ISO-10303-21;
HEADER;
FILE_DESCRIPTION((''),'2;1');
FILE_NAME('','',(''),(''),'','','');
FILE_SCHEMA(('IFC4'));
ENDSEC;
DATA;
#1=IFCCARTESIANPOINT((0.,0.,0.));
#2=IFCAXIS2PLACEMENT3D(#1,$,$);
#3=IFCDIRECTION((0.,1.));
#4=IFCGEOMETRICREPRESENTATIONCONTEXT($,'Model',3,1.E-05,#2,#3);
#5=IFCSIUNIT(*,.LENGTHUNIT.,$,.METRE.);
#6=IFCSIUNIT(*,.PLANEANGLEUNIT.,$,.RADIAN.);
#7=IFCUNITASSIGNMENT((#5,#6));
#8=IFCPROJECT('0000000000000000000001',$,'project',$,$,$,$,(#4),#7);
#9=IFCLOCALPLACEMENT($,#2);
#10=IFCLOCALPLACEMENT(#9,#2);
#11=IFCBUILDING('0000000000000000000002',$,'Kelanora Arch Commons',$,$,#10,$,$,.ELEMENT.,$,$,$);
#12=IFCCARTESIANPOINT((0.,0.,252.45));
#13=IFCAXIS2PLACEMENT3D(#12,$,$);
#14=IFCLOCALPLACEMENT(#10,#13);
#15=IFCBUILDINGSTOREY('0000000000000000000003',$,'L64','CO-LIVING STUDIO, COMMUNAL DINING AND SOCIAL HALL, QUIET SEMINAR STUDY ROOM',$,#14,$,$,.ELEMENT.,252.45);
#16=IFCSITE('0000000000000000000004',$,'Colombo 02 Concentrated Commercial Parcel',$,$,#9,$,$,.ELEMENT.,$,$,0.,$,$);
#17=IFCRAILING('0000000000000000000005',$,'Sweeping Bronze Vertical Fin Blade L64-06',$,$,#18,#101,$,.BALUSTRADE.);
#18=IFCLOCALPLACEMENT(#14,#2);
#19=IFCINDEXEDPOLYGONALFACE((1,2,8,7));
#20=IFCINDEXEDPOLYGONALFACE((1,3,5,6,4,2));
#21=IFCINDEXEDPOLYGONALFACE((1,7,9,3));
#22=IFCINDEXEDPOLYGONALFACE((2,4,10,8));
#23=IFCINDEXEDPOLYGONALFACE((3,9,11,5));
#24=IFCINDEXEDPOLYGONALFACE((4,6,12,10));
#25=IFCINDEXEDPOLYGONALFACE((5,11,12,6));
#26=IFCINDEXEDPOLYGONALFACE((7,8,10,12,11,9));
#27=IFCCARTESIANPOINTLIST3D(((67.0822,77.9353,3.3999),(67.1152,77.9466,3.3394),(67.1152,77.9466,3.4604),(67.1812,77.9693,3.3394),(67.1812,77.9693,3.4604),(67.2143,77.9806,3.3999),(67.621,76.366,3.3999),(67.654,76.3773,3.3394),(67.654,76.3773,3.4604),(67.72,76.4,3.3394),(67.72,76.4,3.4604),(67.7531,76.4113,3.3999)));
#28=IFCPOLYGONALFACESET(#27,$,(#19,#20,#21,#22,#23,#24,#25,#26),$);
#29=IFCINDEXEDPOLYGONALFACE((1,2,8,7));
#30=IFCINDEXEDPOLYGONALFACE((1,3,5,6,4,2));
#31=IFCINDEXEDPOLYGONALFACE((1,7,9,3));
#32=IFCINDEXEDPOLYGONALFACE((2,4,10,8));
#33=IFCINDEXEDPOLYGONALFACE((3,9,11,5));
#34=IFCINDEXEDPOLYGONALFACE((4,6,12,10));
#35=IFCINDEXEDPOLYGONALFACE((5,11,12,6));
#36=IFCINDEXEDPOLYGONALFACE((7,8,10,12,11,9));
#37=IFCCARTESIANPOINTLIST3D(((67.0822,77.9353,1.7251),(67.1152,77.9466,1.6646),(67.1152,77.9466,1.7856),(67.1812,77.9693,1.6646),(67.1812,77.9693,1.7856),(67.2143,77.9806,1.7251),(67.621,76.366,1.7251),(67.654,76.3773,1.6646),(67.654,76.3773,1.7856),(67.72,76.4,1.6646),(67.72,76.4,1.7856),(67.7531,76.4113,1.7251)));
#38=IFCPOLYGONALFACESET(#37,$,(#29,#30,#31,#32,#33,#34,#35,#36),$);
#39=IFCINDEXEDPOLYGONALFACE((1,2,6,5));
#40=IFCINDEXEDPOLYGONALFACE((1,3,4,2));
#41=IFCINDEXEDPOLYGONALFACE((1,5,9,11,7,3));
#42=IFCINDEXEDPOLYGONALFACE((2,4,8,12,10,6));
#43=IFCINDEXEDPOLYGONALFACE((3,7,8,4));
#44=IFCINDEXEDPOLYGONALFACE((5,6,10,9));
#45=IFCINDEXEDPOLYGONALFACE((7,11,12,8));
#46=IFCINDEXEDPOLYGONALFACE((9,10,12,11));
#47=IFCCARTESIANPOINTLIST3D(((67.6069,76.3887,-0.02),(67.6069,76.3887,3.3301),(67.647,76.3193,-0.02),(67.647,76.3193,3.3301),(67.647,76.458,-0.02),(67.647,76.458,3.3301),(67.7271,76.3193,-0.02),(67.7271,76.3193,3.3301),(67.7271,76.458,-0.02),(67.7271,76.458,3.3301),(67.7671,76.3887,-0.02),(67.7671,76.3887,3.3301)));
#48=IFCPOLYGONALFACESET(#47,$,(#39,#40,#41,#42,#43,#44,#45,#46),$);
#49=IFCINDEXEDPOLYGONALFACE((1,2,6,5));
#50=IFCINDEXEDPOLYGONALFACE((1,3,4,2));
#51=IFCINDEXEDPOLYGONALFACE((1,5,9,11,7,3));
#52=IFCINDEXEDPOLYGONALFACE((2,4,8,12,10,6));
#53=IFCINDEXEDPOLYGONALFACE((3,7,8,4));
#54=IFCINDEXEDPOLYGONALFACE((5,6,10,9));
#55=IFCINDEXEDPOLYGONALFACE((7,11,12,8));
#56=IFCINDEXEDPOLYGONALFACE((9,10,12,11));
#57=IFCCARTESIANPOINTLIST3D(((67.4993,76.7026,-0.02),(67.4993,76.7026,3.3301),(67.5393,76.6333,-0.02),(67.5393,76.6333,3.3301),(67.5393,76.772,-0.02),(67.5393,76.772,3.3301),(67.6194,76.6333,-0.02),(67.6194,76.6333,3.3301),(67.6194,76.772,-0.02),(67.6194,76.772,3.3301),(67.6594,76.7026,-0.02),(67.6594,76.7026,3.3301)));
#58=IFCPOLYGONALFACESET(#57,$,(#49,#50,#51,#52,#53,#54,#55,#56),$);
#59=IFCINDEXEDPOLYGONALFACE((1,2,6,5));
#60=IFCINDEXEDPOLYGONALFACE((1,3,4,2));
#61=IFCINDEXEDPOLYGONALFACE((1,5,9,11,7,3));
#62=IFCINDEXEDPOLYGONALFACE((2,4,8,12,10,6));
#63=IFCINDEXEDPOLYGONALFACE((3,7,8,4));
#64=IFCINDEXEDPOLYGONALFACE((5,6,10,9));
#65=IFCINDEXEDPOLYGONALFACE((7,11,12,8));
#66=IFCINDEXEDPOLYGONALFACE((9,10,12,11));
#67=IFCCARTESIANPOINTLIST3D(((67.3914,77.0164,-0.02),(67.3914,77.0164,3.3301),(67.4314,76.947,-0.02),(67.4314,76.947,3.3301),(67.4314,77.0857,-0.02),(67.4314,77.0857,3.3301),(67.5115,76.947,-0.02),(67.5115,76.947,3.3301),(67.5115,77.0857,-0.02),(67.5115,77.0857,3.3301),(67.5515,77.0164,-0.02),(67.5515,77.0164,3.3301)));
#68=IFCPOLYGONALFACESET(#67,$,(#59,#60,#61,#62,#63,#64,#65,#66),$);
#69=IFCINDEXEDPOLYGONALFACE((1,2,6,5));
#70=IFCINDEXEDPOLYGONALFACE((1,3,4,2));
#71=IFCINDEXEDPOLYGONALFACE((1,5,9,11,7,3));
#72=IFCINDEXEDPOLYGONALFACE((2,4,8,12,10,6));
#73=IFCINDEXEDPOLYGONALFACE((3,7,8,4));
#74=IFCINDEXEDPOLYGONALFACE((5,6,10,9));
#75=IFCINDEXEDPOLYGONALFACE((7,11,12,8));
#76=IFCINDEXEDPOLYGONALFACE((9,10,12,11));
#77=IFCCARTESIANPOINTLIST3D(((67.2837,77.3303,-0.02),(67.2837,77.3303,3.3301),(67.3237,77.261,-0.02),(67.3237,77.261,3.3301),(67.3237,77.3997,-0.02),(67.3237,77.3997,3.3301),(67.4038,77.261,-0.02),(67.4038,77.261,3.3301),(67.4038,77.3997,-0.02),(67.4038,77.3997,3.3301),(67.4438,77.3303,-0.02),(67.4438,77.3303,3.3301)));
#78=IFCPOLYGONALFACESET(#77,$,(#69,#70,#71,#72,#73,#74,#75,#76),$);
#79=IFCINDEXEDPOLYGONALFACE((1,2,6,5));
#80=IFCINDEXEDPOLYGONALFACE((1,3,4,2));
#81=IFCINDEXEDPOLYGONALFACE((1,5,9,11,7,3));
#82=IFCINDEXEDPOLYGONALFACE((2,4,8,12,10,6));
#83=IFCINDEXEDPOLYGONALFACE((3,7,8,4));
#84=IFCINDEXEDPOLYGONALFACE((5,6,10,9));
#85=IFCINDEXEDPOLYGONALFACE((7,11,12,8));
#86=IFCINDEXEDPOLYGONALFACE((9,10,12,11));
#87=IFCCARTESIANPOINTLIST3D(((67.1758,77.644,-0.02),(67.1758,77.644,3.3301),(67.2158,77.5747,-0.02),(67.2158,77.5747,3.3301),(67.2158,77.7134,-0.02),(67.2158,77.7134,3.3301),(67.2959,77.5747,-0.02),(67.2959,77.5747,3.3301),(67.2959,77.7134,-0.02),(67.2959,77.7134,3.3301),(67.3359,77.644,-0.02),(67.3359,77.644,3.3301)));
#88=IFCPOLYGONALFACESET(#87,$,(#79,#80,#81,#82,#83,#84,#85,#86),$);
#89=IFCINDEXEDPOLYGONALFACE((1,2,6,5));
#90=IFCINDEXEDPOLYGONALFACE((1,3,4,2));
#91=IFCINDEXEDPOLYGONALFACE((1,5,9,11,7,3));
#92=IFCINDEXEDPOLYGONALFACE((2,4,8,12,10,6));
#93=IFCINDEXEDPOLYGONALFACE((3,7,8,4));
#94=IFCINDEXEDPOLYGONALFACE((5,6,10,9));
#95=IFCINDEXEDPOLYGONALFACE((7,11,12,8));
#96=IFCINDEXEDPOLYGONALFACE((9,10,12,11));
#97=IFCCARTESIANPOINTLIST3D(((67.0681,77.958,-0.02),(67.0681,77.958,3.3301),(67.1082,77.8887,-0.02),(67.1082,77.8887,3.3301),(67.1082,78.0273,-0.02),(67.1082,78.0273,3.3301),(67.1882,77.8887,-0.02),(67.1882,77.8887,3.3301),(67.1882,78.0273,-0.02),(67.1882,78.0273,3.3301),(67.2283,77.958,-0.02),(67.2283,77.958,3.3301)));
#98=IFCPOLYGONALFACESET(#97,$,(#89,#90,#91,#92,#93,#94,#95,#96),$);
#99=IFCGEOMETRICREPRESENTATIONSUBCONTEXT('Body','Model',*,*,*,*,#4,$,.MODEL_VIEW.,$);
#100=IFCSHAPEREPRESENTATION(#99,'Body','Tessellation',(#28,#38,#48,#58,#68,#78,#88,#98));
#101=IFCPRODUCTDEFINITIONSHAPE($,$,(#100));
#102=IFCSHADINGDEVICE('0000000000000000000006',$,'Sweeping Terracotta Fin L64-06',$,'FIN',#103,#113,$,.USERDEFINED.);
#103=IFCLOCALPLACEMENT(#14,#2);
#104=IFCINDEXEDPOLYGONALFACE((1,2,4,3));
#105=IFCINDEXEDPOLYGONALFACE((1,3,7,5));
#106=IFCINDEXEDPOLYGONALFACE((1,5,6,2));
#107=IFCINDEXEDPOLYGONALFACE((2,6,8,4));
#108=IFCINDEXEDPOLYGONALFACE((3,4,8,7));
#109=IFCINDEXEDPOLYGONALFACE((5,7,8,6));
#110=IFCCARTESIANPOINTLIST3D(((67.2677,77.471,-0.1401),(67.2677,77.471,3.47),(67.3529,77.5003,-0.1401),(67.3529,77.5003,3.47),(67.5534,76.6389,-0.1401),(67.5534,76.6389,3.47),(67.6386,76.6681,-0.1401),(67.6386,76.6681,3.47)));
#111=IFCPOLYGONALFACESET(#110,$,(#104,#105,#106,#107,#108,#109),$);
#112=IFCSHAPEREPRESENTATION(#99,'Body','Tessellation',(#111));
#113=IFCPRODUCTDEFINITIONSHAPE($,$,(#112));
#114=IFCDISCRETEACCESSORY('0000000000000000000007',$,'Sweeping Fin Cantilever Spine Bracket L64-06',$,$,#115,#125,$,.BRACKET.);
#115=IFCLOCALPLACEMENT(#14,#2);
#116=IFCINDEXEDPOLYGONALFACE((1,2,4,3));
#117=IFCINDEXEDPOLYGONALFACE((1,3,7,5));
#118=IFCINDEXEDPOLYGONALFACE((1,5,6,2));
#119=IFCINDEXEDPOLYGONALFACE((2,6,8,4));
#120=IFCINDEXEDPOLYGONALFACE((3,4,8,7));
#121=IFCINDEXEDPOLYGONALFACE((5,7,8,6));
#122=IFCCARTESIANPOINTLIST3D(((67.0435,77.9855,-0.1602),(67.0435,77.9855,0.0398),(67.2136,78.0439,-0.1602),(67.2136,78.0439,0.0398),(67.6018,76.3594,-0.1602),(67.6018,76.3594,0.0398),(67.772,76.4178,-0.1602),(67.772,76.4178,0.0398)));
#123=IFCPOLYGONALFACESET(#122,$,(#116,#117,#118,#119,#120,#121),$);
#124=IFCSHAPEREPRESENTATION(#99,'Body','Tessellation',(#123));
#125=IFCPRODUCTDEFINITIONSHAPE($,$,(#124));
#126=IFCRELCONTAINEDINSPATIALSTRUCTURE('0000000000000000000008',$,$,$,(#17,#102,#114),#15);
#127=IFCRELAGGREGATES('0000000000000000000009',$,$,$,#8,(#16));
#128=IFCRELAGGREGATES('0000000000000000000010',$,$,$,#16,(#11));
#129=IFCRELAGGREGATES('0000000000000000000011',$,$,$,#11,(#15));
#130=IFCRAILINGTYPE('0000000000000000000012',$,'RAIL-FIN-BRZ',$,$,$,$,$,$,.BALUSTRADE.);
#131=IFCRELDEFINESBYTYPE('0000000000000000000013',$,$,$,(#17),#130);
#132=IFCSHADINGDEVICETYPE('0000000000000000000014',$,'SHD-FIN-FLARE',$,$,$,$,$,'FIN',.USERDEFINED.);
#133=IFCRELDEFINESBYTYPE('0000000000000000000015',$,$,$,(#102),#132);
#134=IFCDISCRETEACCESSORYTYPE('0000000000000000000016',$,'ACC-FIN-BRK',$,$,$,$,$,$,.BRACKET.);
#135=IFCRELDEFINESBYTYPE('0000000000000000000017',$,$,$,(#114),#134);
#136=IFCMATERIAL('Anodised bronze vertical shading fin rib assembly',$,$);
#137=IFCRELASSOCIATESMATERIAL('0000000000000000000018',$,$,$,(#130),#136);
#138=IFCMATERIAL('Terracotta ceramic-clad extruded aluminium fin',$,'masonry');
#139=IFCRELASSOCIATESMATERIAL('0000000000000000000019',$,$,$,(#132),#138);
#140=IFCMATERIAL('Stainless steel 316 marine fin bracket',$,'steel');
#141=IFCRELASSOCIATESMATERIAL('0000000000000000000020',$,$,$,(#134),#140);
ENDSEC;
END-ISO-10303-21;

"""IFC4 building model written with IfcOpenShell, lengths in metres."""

from ifc_helpers import new_model, si_unit, direction, frame, origin, origin_2d, place, context, subcontext, project, spatial, polyline, rectangle, outline, extrude, source, transform, mapped, material, type_object, element, save


model = new_model("IFC4")

# Units and contexts
model_context = context("Model", 3, precision=1e-05, world=origin(), true_north=direction((0.0, 1.0)))
body_context = subcontext(model_context, "Body", "Model", "MODEL_VIEW")
ifc_project = project(units=[si_unit("LENGTHUNIT", "METRE"), si_unit("PLANEANGLEUNIT", "RADIAN")], contexts=[model_context])

# Site, building, storey
site_placement = place(None, origin())
site = spatial("IfcSite", under=ifc_project, at=site_placement, Name="Colombo 02 Concentrated Commercial Parcel", CompositionType="ELEMENT", RefElevation=0.0)
building_placement = place(site_placement, origin())
building = spatial("IfcBuilding", under=site, at=building_placement, Name="Kelanora Arch Commons", CompositionType="ELEMENT")
storey_placement = place(building_placement, frame((0.0, 0.0, 252.45)))
storey = spatial("IfcBuildingStorey", under=building, at=storey_placement, Name="L64", Description="CO-LIVING STUDIO, COMMUNAL DINING AND SOCIAL HALL, QUIET SEMINAR STUDY ROOM", CompositionType="ELEMENT", Elevation=252.45)

# Railing
ifc_material_1 = material(Name="Anodised bronze vertical shading fin rib assembly")
railing_type = type_object("IfcRailingType", Name="RAIL-FIN-BRZ", PredefinedType="BALUSTRADE", material=ifc_material_1)
railing_placement = place(storey_placement, frame((67.687, 76.3887, -0.02)))
element("IfcRailing", 1, at=railing_placement, inside=storey, type_object=railing_type, Name="Sweeping Bronze Vertical Fin Blade L64-06", PredefinedType="BALUSTRADE", context=body_context, shape_type="SweptSolid", body=[
    extrude(outline(polyline([(0.0698, 0.0), (0.0349, 0.0605), (-0.0349, 0.0605), (-0.0698, 0.0), (-0.0349, -0.0605), (0.0349, -0.0605), (0.0698, 0.0)])), frame((0.0, 0.0, 3.4199), z_axis=(-0.324734, 0.945805, 0.0), x_axis=(-0.945805, -0.324734, 0.0)), (0.0, 0.0, 1.0), 1.6592),
    extrude(outline(polyline([(0.0698, 0.0), (0.0349, 0.0605), (-0.0349, 0.0605), (-0.0698, 0.0), (-0.0349, -0.0605), (0.0349, -0.0605), (0.0698, 0.0)])), frame((0.0, 0.0, 1.7451), z_axis=(-0.324734, 0.945805, 0.0), x_axis=(-0.945805, -0.324734, 0.0)), (0.0, 0.0, 1.0), 1.6592),
    extrude(outline(polyline([(0.0801, 0.0), (0.04, 0.0693), (-0.04, 0.0693), (-0.0801, 0.0), (-0.04, -0.0693), (0.04, -0.0693), (0.0801, 0.0)])), origin(), (0.0, 0.0, 1.0), 3.3501),
    extrude(outline(polyline([(0.0801, 0.0), (0.04, 0.0693), (-0.04, 0.0693), (-0.0801, 0.0), (-0.04, -0.0693), (0.04, -0.0693), (0.0801, 0.0)])), frame((-0.1077, 0.314, 0.0)), (0.0, 0.0, 1.0), 3.3501),
    extrude(outline(polyline([(0.0801, 0.0), (0.04, 0.0693), (-0.04, 0.0693), (-0.0801, 0.0), (-0.04, -0.0693), (0.04, -0.0693), (0.0801, 0.0)])), frame((-0.2156, 0.6277, 0.0)), (0.0, 0.0, 1.0), 3.3501),
    extrude(outline(polyline([(0.0801, 0.0), (0.04, 0.0693), (-0.04, 0.0693), (-0.0801, 0.0), (-0.04, -0.0693), (0.04, -0.0693), (0.0801, 0.0)])), frame((-0.3232, 0.9417, 0.0)), (0.0, 0.0, 1.0), 3.3501),
    extrude(outline(polyline([(0.0801, 0.0), (0.04, 0.0693), (-0.04, 0.0693), (-0.0801, 0.0), (-0.04, -0.0693), (0.04, -0.0693), (0.0801, 0.0)])), frame((-0.4312, 1.2554, 0.0)), (0.0, 0.0, 1.0), 3.3501),
    extrude(outline(polyline([(0.0801, 0.0), (0.04, 0.0693), (-0.04, 0.0693), (-0.0801, 0.0), (-0.04, -0.0693), (0.04, -0.0693), (0.0801, 0.0)])), frame((-0.5388, 1.5693, 0.0)), (0.0, 0.0, 1.0), 3.3501),
])

# Shading device
ifc_material_2 = material(Name="Terracotta ceramic-clad extruded aluminium fin", Category="masonry")
shading_device_type = type_object("IfcShadingDeviceType", Name="SHD-FIN-FLARE", ElementType="FIN", PredefinedType="USERDEFINED", material=ifc_material_2)
shared_shape_1 = source(origin(), body_context, "Body", "SweptSolid", [
    extrude(rectangle(XDim=0.8799, YDim=0.0901, at=origin_2d()), origin(), (0.0, 0.0, 1.0), 3.6101),
])
shading_device_placement = place(storey_placement, frame((67.4531, 77.0696, -0.1401), z_axis=(0.0, 0.0, 1.0), x_axis=(-0.324743, 0.945802, 0.0)))
element("IfcShadingDevice", 2, at=shading_device_placement, inside=storey, type_object=shading_device_type, Name="Sweeping Terracotta Fin L64-06", ObjectType="FIN", PredefinedType="USERDEFINED", context=body_context, shape_type="MappedRepresentation", body=[
    mapped(shared_shape_1, transform((0.0, 0.0, 0.0), scale=1.0)),
])

# Discrete accessory
ifc_material_3 = material(Name="Stainless steel 316 marine fin bracket", Category="steel")
discrete_accessory_type = type_object("IfcDiscreteAccessoryType", Name="ACC-FIN-BRK", PredefinedType="BRACKET", material=ifc_material_3)
shared_shape_2 = source(origin(), body_context, "Body", "SweptSolid", [
    extrude(rectangle(XDim=1.7192, YDim=0.1799, at=origin_2d()), origin(), (0.0, 0.0, 1.0), 0.2),
])
discrete_accessory_placement = place(storey_placement, frame((67.4077, 77.2017, -0.1602), z_axis=(0.0, 0.0, 1.0), x_axis=(-0.324743, 0.945802, 0.0)))
element("IfcDiscreteAccessory", 3, at=discrete_accessory_placement, inside=storey, type_object=discrete_accessory_type, Name="Sweeping Fin Cantilever Spine Bracket L64-06", PredefinedType="BRACKET", context=body_context, shape_type="MappedRepresentation", body=[
    mapped(shared_shape_2, transform((0.0, 0.0, 0.0), scale=1.0)),
])

save(model, "model.ifc")
